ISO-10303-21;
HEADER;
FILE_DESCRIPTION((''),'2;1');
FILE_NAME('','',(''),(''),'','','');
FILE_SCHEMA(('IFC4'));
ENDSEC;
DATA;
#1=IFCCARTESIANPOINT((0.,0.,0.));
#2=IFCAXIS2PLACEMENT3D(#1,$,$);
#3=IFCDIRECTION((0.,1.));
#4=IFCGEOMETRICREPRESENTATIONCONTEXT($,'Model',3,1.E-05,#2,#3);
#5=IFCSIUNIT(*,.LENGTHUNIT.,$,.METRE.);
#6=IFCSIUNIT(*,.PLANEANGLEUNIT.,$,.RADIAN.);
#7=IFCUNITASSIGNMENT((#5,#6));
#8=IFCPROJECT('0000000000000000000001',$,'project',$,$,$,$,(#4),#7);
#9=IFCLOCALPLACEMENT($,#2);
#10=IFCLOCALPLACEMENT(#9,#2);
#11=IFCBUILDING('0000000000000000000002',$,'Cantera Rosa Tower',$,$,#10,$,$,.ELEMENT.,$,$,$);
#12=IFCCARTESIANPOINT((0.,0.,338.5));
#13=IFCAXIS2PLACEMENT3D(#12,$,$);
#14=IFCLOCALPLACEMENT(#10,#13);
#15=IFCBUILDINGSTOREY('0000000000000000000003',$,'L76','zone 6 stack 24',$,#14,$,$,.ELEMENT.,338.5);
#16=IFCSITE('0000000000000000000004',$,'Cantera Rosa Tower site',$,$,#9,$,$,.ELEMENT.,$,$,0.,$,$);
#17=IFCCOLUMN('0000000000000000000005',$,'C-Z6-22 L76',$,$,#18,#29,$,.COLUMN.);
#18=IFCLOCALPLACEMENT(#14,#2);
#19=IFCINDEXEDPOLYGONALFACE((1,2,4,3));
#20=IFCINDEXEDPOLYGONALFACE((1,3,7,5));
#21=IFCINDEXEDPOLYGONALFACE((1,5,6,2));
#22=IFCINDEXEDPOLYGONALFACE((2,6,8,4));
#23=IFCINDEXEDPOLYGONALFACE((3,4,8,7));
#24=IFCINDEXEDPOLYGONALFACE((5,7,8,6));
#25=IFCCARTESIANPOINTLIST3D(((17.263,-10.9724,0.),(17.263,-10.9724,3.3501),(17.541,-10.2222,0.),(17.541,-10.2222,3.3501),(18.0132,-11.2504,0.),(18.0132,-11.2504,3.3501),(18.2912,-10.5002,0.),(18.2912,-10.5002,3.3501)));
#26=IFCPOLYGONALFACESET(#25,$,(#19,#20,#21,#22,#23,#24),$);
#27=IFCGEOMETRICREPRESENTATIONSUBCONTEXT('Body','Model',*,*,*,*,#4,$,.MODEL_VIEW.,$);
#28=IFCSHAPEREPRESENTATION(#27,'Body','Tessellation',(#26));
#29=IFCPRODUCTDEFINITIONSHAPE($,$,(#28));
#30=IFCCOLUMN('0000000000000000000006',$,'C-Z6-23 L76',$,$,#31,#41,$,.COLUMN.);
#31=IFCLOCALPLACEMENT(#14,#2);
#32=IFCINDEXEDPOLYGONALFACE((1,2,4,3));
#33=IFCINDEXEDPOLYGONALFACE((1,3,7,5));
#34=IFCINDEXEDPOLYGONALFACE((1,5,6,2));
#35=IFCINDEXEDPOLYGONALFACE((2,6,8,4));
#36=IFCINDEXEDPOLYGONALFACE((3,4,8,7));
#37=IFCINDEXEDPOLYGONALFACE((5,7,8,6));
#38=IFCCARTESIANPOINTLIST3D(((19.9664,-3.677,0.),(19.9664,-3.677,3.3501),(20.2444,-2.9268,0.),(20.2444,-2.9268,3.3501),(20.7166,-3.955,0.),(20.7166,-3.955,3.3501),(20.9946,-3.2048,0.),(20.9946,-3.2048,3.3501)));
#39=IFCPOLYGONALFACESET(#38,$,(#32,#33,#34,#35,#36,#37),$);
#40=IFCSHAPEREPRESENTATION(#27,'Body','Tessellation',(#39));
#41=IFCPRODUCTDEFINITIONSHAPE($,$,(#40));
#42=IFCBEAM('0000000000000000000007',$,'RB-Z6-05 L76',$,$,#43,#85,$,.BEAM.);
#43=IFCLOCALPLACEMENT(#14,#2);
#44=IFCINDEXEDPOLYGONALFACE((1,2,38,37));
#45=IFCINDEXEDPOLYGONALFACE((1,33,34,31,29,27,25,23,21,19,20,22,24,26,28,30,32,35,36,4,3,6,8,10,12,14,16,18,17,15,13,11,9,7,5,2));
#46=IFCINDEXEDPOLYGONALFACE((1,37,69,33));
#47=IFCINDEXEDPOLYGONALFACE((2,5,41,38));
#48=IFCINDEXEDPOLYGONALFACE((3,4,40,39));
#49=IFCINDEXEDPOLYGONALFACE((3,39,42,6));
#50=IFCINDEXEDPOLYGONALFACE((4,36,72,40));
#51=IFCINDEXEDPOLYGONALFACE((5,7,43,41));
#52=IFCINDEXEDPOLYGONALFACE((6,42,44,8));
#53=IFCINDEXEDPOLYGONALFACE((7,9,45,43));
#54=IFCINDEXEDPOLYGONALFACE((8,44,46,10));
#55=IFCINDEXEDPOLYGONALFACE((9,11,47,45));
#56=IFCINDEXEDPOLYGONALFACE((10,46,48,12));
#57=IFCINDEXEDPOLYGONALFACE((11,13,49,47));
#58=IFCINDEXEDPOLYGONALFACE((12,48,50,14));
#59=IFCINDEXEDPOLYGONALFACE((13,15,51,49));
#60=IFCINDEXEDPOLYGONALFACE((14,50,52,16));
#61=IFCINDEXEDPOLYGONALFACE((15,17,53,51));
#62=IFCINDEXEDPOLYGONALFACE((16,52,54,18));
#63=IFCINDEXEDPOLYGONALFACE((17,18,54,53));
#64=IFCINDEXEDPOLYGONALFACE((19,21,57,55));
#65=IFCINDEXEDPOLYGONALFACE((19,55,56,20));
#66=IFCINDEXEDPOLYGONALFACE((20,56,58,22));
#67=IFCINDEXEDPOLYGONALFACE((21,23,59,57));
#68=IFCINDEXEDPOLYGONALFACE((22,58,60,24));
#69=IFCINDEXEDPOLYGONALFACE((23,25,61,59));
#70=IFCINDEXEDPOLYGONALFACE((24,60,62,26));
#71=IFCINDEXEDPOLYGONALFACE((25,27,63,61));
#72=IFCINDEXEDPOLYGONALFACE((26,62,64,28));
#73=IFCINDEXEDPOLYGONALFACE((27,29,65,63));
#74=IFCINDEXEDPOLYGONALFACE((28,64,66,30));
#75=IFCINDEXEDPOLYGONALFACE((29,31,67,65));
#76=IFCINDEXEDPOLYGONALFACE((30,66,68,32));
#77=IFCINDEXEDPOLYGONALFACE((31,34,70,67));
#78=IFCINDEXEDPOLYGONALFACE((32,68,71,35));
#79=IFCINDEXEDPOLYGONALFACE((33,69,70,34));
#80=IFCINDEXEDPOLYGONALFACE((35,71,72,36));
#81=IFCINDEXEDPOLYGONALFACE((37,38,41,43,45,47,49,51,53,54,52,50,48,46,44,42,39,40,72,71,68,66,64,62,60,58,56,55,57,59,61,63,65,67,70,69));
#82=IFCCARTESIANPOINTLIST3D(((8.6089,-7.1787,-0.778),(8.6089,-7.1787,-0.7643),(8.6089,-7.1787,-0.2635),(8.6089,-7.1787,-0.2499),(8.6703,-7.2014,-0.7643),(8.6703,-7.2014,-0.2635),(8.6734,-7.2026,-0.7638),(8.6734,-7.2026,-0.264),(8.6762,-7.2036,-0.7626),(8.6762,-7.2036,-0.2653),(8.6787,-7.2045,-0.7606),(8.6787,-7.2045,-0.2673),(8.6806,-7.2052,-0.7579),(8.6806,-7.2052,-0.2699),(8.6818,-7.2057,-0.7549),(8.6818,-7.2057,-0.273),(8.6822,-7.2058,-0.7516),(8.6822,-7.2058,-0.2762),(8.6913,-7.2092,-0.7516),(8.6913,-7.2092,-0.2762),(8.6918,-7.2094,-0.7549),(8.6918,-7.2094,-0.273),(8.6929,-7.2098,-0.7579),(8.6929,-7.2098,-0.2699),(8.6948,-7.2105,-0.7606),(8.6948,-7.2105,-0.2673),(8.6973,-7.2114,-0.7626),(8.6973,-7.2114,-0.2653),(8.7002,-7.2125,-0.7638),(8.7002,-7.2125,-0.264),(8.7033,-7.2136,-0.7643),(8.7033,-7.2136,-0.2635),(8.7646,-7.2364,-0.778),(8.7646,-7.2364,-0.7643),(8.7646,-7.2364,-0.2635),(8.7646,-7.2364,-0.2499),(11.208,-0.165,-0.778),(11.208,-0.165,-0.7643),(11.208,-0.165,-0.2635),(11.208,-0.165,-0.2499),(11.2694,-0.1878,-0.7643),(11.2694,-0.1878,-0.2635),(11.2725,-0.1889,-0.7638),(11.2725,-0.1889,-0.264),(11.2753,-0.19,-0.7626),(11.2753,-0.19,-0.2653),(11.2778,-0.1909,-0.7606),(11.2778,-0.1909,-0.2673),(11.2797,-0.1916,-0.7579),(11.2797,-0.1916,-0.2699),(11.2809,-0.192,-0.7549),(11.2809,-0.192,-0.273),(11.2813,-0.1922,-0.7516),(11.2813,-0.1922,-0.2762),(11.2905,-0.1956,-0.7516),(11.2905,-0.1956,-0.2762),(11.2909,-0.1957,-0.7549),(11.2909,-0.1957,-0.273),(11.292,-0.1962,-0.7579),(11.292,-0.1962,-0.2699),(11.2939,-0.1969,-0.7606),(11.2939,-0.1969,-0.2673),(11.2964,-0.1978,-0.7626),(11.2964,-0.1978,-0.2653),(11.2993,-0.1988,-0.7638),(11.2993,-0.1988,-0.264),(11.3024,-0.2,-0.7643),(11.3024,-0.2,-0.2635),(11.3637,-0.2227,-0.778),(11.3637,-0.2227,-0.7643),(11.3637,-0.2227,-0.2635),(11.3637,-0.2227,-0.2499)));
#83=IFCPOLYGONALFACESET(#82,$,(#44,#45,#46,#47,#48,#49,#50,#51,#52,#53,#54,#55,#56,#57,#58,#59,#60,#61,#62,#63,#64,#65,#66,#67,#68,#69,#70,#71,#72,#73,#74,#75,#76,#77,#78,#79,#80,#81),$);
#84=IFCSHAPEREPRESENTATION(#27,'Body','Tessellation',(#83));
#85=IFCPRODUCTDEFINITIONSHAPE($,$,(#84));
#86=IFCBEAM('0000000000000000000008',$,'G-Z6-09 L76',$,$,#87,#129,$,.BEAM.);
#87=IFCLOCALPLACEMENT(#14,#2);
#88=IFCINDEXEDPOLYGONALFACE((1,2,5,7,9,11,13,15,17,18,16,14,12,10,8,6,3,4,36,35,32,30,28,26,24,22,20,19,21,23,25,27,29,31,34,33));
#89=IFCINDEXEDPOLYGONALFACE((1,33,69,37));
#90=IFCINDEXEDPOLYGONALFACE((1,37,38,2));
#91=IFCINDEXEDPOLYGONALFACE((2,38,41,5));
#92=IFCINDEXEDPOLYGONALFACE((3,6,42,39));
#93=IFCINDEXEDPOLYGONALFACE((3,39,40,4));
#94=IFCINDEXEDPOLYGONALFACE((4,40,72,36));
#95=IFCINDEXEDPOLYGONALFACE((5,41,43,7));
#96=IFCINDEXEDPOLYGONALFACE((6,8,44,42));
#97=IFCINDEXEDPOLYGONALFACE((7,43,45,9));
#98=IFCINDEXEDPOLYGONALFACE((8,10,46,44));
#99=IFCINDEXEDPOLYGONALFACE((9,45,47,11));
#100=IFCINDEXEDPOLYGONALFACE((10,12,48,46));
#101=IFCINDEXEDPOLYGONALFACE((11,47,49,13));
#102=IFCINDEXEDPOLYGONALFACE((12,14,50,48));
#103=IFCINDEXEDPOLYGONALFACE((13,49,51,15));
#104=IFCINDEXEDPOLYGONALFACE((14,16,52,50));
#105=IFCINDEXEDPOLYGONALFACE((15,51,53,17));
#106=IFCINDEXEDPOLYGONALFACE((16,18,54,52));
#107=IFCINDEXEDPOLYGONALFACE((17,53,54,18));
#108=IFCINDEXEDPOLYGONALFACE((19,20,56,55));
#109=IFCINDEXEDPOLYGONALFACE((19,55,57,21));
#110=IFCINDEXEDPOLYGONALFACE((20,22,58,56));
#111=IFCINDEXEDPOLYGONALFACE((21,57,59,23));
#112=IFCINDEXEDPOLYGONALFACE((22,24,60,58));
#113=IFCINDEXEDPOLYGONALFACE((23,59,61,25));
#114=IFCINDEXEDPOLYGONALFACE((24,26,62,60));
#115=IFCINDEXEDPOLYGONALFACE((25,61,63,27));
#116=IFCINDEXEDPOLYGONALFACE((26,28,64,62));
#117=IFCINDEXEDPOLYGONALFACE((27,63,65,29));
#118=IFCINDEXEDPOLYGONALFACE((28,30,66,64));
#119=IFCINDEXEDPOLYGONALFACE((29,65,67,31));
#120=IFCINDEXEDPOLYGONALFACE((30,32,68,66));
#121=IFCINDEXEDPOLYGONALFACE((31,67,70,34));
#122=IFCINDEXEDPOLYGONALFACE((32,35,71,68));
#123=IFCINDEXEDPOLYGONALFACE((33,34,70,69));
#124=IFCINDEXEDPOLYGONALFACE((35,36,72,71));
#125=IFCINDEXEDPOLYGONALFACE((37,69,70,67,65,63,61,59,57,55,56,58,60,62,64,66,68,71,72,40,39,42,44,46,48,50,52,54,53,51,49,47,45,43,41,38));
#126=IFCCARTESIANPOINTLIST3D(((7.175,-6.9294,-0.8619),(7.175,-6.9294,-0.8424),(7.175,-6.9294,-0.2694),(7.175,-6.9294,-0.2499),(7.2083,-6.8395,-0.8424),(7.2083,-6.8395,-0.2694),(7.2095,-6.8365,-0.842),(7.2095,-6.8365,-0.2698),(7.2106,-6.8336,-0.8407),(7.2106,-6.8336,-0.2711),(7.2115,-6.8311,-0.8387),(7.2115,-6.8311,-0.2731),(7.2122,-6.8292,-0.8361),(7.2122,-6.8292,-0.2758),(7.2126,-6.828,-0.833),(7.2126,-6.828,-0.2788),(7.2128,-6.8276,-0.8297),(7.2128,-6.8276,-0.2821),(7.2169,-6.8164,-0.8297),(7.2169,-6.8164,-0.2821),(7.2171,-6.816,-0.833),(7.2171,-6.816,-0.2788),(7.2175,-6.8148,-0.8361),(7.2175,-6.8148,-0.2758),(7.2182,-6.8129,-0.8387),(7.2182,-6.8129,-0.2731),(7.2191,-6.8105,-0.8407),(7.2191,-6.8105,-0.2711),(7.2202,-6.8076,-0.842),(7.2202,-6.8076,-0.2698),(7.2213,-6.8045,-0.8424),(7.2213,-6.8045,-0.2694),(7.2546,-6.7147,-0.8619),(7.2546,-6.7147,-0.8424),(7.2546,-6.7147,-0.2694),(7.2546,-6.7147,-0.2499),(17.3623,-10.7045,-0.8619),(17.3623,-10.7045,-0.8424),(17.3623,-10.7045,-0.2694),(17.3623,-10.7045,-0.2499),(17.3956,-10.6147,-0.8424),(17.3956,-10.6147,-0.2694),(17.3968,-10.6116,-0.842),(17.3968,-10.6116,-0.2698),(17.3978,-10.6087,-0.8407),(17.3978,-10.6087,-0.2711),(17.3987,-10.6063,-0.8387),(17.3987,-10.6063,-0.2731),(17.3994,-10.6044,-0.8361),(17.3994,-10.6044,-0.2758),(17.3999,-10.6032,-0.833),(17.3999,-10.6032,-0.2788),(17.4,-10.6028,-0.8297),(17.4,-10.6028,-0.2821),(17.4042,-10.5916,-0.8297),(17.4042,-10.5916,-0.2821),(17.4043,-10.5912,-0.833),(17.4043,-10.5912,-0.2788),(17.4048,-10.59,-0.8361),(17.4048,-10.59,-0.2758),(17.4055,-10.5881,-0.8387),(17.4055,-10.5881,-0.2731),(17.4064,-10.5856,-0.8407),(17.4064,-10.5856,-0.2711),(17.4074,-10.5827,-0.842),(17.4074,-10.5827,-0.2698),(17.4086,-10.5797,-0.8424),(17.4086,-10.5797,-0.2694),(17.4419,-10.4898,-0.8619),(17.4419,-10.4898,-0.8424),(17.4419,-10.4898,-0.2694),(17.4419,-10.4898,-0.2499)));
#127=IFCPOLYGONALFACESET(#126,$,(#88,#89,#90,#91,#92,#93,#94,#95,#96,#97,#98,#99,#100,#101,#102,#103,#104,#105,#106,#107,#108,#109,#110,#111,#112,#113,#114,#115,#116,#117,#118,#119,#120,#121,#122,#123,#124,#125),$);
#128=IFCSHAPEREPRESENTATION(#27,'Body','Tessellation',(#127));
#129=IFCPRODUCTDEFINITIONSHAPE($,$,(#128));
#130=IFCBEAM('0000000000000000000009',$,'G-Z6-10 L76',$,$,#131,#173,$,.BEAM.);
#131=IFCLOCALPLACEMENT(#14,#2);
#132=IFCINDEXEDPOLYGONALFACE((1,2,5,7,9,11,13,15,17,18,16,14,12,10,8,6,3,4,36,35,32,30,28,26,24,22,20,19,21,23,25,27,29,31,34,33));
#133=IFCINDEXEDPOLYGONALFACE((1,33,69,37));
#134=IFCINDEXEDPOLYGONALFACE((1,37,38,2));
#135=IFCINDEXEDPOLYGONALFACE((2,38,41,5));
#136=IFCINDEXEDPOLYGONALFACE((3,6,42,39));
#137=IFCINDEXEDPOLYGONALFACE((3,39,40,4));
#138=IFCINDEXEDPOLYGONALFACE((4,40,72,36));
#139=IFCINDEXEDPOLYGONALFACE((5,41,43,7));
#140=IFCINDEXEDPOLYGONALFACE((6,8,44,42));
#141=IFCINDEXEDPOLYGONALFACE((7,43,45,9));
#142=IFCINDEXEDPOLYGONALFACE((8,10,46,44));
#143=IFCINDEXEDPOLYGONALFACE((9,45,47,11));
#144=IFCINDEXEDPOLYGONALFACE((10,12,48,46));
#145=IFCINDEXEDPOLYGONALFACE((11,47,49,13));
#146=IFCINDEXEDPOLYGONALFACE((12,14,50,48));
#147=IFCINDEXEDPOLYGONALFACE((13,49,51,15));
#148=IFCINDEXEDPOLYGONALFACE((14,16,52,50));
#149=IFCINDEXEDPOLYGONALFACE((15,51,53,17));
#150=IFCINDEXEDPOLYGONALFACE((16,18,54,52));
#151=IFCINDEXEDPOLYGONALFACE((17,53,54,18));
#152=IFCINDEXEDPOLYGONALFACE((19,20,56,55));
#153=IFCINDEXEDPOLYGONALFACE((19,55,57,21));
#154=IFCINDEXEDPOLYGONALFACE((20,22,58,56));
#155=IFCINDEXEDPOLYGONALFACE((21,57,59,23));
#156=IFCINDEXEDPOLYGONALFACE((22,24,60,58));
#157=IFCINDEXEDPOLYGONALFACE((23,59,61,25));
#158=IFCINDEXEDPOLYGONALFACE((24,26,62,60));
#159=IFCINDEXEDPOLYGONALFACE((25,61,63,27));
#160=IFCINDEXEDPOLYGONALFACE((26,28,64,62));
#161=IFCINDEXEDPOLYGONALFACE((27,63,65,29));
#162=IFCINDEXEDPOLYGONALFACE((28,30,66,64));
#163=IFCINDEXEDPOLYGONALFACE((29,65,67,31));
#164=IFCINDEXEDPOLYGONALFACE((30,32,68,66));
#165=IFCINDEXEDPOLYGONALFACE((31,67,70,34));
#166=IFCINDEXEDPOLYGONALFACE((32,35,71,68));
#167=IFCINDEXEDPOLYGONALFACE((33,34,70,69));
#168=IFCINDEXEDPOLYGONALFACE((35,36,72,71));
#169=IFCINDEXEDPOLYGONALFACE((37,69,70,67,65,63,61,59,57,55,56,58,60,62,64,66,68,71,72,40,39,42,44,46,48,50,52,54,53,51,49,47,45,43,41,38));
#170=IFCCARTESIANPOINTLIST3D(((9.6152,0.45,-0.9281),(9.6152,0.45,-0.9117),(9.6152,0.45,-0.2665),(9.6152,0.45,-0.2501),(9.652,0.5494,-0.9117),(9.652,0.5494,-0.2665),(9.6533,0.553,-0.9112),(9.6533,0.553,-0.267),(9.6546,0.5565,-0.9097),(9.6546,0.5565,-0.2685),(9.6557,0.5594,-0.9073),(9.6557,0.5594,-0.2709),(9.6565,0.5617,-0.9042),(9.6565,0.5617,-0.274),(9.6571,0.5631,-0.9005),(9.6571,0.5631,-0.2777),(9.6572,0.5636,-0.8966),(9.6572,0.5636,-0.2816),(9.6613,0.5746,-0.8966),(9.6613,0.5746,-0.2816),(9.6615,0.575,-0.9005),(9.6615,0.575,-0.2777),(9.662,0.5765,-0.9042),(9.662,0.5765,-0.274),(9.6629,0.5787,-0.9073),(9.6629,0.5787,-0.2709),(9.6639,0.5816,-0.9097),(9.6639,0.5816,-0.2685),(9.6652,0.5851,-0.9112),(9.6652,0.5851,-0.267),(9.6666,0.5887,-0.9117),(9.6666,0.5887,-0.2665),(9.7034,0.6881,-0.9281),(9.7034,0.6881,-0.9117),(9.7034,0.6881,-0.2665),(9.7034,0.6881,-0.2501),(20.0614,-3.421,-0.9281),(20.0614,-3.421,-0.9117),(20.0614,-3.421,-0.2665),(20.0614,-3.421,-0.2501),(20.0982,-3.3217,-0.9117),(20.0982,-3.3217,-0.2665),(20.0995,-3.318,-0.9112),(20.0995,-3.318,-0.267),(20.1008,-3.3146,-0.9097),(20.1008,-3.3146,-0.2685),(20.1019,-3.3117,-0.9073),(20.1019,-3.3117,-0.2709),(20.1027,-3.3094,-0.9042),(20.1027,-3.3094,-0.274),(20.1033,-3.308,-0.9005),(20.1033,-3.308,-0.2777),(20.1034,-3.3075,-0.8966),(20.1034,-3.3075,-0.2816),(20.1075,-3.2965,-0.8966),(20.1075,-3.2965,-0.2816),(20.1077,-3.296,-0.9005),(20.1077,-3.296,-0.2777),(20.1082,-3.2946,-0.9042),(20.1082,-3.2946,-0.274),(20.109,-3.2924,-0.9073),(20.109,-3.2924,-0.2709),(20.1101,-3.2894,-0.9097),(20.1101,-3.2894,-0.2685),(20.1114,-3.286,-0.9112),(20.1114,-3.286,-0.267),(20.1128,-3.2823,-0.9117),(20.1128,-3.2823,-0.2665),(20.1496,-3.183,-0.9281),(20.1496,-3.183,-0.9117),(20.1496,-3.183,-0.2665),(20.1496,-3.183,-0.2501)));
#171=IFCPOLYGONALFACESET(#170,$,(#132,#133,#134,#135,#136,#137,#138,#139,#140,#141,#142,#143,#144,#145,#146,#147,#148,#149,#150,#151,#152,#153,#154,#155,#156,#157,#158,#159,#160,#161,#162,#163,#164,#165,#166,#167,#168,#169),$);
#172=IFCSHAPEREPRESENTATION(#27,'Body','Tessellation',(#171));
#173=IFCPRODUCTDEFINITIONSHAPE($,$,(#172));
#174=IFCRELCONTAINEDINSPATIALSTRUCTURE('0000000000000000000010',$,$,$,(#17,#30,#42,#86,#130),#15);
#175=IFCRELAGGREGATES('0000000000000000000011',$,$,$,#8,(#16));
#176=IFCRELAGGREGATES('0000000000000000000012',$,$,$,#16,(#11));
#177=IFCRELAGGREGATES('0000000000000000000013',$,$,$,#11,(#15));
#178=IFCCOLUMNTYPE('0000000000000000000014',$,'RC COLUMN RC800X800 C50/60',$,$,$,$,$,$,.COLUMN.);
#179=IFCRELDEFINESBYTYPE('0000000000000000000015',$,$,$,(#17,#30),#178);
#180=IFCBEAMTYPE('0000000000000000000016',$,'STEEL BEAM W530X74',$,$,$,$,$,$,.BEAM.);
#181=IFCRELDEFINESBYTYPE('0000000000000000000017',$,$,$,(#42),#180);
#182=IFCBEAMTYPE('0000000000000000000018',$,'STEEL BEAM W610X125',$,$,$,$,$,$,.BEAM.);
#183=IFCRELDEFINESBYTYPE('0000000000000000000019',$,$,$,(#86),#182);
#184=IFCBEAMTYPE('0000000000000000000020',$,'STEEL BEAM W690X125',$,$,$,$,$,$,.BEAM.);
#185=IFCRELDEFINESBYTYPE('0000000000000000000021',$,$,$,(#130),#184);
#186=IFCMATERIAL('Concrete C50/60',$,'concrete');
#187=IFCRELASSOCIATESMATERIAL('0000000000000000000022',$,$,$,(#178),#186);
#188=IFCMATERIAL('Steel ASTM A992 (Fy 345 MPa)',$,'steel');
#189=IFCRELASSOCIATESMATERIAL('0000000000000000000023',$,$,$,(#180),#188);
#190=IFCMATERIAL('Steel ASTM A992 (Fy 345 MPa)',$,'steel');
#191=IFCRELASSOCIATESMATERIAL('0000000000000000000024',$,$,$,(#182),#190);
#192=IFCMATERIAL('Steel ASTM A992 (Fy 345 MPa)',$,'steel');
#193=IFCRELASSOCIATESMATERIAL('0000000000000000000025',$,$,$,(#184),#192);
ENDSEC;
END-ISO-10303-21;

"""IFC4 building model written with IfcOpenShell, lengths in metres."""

from ifc_helpers import new_model, si_unit, direction, frame, origin, origin_2d, place, context, subcontext, project, spatial, rectangle, i_section, extrude, material, material_profile, profile_set, type_object, element, save


model = new_model("IFC4")

# Units and contexts
model_context = context("Model", 3, precision=1e-05, world=origin(), true_north=direction((0.0, 1.0)))
body_context = subcontext(model_context, "Body", "Model", "MODEL_VIEW")
ifc_project = project(units=[si_unit("LENGTHUNIT", "METRE"), si_unit("PLANEANGLEUNIT", "RADIAN")], contexts=[model_context])

# Site, building, storey
site_placement = place(None, origin())
site = spatial("IfcSite", under=ifc_project, at=site_placement, Name="Cantera Rosa Tower site", CompositionType="ELEMENT", RefElevation=0.0)
building_placement = place(site_placement, origin())
building = spatial("IfcBuilding", under=site, at=building_placement, Name="Cantera Rosa Tower", CompositionType="ELEMENT")
storey_placement = place(building_placement, frame((0.0, 0.0, 338.5)))
storey = spatial("IfcBuildingStorey", under=building, at=storey_placement, Name="L76", Description="zone 6 stack 24", CompositionType="ELEMENT", Elevation=338.5)

# Columns
ifc_material_1 = material(Name="Concrete C50/60", Category="concrete")
ifc_material_profile_1 = material_profile(ifc_material_1, rectangle(XDim=0.8, YDim=0.8, at=origin_2d()), Name="RC COLUMN RC800X800 C50/60")
ifc_profile_set_1 = profile_set([ifc_material_profile_1], Name="Concrete C50/60")
column_type = type_object("IfcColumnType", Name="RC COLUMN RC800X800 C50/60", PredefinedType="COLUMN", material=ifc_profile_set_1)
for number, where, z_axis, x_axis, name in (
    (1, (17.7771, -10.7363, 0.0), (0.0, 0.0, 1.0), (0.347481, 0.937687, 0.0), "C-Z6-22 L76"),
    (2, (20.4805, -3.4409, 0.0), (0.0, 0.0, 1.0), (0.347481, 0.937687, 0.0), "C-Z6-23 L76"),
):
    element("IfcColumn", number, at=place(storey_placement, frame(where, z_axis=z_axis, x_axis=x_axis)), inside=storey, type_object=column_type, Name=name, PredefinedType="COLUMN", context=body_context, shape_type="SweptSolid", body=[
        extrude(rectangle(XDim=0.8, YDim=0.8, at=origin_2d()), origin(), (0.0, 0.0, 1.0), 3.3501),
    ])

# Beams
ifc_material_2 = material(Name="Steel ASTM A992 (Fy 345 MPa)", Category="steel")
ifc_material_profile_2 = material_profile(ifc_material_2, i_section(OverallWidth=0.166, OverallDepth=0.5281, WebThickness=0.0098, FlangeThickness=0.0137, FilletRadius=0.0127, at=origin_2d()), Name="W530X74")
ifc_profile_set_2 = profile_set([ifc_material_profile_2], Name="Steel ASTM A992 (Fy 345 MPa)")
beam_type_1 = type_object("IfcBeamType", Name="STEEL BEAM W530X74", PredefinedType="BEAM", material=ifc_profile_set_2)
beam_1_placement = place(storey_placement, frame((8.6868, -7.2075, -0.5139), z_axis=(0.347487, 0.937685, 0.0), x_axis=(-0.937685, 0.347487, 0.0)))
element("IfcBeam", 3, at=beam_1_placement, inside=storey, type_object=beam_type_1, Name="RB-Z6-05 L76", PredefinedType="BEAM", context=body_context, shape_type="SweptSolid", body=[
    extrude(i_section(OverallWidth=0.166, OverallDepth=0.5281, WebThickness=0.0098, FlangeThickness=0.0137, FilletRadius=0.0127, at=origin_2d()), origin(), (0.0, 0.0, 1.0), 7.4797),
])
ifc_material_3 = material(Name="Steel ASTM A992 (Fy 345 MPa)", Category="steel")
ifc_material_profile_3 = material_profile(ifc_material_3, i_section(OverallWidth=0.229, OverallDepth=0.6121, WebThickness=0.012, FlangeThickness=0.0195, FilletRadius=0.0127, at=origin_2d()), Name="W610X125")
ifc_profile_set_3 = profile_set([ifc_material_profile_3], Name="Steel ASTM A992 (Fy 345 MPa)")
beam_type_2 = type_object("IfcBeamType", Name="STEEL BEAM W610X125", PredefinedType="BEAM", material=ifc_profile_set_3)
beam_2_placement = place(storey_placement, frame((17.4021, -10.5972, -0.5559), z_axis=(-0.937686, 0.347483, 0.0), x_axis=(-0.347483, -0.937686, 0.0)))
element("IfcBeam", 4, at=beam_2_placement, inside=storey, type_object=beam_type_2, Name="G-Z6-09 L76", PredefinedType="BEAM", context=body_context, shape_type="SweptSolid", body=[
    extrude(i_section(OverallWidth=0.229, OverallDepth=0.6121, WebThickness=0.012, FlangeThickness=0.0195, FilletRadius=0.0127, at=origin_2d()), origin(), (0.0, 0.0, 1.0), 10.8643),
])
ifc_material_4 = material(Name="Steel ASTM A992 (Fy 345 MPa)", Category="steel")
ifc_material_profile_4 = material_profile(ifc_material_4, i_section(OverallWidth=0.2539, OverallDepth=0.678, WebThickness=0.0117, FlangeThickness=0.0164, FilletRadius=0.0151, at=origin_2d()), Name="W690X125")
ifc_profile_set_4 = profile_set([ifc_material_profile_4], Name="Steel ASTM A992 (Fy 345 MPa)")
beam_type_3 = type_object("IfcBeamType", Name="STEEL BEAM W690X125", PredefinedType="BEAM", material=ifc_profile_set_4)
beam_3_placement = place(storey_placement, frame((20.1055, -3.302, -0.5891), z_axis=(-0.937687, 0.34748, 0.0), x_axis=(-0.34748, -0.937687, 0.0)))
element("IfcBeam", 5, at=beam_3_placement, inside=storey, type_object=beam_type_3, Name="G-Z6-10 L76", PredefinedType="BEAM", context=body_context, shape_type="SweptSolid", body=[
    extrude(i_section(OverallWidth=0.2539, OverallDepth=0.678, WebThickness=0.0117, FlangeThickness=0.0164, FilletRadius=0.0151, at=origin_2d()), origin(), (0.0, 0.0, 1.0), 11.1404),
])

save(model, "model.ifc")
